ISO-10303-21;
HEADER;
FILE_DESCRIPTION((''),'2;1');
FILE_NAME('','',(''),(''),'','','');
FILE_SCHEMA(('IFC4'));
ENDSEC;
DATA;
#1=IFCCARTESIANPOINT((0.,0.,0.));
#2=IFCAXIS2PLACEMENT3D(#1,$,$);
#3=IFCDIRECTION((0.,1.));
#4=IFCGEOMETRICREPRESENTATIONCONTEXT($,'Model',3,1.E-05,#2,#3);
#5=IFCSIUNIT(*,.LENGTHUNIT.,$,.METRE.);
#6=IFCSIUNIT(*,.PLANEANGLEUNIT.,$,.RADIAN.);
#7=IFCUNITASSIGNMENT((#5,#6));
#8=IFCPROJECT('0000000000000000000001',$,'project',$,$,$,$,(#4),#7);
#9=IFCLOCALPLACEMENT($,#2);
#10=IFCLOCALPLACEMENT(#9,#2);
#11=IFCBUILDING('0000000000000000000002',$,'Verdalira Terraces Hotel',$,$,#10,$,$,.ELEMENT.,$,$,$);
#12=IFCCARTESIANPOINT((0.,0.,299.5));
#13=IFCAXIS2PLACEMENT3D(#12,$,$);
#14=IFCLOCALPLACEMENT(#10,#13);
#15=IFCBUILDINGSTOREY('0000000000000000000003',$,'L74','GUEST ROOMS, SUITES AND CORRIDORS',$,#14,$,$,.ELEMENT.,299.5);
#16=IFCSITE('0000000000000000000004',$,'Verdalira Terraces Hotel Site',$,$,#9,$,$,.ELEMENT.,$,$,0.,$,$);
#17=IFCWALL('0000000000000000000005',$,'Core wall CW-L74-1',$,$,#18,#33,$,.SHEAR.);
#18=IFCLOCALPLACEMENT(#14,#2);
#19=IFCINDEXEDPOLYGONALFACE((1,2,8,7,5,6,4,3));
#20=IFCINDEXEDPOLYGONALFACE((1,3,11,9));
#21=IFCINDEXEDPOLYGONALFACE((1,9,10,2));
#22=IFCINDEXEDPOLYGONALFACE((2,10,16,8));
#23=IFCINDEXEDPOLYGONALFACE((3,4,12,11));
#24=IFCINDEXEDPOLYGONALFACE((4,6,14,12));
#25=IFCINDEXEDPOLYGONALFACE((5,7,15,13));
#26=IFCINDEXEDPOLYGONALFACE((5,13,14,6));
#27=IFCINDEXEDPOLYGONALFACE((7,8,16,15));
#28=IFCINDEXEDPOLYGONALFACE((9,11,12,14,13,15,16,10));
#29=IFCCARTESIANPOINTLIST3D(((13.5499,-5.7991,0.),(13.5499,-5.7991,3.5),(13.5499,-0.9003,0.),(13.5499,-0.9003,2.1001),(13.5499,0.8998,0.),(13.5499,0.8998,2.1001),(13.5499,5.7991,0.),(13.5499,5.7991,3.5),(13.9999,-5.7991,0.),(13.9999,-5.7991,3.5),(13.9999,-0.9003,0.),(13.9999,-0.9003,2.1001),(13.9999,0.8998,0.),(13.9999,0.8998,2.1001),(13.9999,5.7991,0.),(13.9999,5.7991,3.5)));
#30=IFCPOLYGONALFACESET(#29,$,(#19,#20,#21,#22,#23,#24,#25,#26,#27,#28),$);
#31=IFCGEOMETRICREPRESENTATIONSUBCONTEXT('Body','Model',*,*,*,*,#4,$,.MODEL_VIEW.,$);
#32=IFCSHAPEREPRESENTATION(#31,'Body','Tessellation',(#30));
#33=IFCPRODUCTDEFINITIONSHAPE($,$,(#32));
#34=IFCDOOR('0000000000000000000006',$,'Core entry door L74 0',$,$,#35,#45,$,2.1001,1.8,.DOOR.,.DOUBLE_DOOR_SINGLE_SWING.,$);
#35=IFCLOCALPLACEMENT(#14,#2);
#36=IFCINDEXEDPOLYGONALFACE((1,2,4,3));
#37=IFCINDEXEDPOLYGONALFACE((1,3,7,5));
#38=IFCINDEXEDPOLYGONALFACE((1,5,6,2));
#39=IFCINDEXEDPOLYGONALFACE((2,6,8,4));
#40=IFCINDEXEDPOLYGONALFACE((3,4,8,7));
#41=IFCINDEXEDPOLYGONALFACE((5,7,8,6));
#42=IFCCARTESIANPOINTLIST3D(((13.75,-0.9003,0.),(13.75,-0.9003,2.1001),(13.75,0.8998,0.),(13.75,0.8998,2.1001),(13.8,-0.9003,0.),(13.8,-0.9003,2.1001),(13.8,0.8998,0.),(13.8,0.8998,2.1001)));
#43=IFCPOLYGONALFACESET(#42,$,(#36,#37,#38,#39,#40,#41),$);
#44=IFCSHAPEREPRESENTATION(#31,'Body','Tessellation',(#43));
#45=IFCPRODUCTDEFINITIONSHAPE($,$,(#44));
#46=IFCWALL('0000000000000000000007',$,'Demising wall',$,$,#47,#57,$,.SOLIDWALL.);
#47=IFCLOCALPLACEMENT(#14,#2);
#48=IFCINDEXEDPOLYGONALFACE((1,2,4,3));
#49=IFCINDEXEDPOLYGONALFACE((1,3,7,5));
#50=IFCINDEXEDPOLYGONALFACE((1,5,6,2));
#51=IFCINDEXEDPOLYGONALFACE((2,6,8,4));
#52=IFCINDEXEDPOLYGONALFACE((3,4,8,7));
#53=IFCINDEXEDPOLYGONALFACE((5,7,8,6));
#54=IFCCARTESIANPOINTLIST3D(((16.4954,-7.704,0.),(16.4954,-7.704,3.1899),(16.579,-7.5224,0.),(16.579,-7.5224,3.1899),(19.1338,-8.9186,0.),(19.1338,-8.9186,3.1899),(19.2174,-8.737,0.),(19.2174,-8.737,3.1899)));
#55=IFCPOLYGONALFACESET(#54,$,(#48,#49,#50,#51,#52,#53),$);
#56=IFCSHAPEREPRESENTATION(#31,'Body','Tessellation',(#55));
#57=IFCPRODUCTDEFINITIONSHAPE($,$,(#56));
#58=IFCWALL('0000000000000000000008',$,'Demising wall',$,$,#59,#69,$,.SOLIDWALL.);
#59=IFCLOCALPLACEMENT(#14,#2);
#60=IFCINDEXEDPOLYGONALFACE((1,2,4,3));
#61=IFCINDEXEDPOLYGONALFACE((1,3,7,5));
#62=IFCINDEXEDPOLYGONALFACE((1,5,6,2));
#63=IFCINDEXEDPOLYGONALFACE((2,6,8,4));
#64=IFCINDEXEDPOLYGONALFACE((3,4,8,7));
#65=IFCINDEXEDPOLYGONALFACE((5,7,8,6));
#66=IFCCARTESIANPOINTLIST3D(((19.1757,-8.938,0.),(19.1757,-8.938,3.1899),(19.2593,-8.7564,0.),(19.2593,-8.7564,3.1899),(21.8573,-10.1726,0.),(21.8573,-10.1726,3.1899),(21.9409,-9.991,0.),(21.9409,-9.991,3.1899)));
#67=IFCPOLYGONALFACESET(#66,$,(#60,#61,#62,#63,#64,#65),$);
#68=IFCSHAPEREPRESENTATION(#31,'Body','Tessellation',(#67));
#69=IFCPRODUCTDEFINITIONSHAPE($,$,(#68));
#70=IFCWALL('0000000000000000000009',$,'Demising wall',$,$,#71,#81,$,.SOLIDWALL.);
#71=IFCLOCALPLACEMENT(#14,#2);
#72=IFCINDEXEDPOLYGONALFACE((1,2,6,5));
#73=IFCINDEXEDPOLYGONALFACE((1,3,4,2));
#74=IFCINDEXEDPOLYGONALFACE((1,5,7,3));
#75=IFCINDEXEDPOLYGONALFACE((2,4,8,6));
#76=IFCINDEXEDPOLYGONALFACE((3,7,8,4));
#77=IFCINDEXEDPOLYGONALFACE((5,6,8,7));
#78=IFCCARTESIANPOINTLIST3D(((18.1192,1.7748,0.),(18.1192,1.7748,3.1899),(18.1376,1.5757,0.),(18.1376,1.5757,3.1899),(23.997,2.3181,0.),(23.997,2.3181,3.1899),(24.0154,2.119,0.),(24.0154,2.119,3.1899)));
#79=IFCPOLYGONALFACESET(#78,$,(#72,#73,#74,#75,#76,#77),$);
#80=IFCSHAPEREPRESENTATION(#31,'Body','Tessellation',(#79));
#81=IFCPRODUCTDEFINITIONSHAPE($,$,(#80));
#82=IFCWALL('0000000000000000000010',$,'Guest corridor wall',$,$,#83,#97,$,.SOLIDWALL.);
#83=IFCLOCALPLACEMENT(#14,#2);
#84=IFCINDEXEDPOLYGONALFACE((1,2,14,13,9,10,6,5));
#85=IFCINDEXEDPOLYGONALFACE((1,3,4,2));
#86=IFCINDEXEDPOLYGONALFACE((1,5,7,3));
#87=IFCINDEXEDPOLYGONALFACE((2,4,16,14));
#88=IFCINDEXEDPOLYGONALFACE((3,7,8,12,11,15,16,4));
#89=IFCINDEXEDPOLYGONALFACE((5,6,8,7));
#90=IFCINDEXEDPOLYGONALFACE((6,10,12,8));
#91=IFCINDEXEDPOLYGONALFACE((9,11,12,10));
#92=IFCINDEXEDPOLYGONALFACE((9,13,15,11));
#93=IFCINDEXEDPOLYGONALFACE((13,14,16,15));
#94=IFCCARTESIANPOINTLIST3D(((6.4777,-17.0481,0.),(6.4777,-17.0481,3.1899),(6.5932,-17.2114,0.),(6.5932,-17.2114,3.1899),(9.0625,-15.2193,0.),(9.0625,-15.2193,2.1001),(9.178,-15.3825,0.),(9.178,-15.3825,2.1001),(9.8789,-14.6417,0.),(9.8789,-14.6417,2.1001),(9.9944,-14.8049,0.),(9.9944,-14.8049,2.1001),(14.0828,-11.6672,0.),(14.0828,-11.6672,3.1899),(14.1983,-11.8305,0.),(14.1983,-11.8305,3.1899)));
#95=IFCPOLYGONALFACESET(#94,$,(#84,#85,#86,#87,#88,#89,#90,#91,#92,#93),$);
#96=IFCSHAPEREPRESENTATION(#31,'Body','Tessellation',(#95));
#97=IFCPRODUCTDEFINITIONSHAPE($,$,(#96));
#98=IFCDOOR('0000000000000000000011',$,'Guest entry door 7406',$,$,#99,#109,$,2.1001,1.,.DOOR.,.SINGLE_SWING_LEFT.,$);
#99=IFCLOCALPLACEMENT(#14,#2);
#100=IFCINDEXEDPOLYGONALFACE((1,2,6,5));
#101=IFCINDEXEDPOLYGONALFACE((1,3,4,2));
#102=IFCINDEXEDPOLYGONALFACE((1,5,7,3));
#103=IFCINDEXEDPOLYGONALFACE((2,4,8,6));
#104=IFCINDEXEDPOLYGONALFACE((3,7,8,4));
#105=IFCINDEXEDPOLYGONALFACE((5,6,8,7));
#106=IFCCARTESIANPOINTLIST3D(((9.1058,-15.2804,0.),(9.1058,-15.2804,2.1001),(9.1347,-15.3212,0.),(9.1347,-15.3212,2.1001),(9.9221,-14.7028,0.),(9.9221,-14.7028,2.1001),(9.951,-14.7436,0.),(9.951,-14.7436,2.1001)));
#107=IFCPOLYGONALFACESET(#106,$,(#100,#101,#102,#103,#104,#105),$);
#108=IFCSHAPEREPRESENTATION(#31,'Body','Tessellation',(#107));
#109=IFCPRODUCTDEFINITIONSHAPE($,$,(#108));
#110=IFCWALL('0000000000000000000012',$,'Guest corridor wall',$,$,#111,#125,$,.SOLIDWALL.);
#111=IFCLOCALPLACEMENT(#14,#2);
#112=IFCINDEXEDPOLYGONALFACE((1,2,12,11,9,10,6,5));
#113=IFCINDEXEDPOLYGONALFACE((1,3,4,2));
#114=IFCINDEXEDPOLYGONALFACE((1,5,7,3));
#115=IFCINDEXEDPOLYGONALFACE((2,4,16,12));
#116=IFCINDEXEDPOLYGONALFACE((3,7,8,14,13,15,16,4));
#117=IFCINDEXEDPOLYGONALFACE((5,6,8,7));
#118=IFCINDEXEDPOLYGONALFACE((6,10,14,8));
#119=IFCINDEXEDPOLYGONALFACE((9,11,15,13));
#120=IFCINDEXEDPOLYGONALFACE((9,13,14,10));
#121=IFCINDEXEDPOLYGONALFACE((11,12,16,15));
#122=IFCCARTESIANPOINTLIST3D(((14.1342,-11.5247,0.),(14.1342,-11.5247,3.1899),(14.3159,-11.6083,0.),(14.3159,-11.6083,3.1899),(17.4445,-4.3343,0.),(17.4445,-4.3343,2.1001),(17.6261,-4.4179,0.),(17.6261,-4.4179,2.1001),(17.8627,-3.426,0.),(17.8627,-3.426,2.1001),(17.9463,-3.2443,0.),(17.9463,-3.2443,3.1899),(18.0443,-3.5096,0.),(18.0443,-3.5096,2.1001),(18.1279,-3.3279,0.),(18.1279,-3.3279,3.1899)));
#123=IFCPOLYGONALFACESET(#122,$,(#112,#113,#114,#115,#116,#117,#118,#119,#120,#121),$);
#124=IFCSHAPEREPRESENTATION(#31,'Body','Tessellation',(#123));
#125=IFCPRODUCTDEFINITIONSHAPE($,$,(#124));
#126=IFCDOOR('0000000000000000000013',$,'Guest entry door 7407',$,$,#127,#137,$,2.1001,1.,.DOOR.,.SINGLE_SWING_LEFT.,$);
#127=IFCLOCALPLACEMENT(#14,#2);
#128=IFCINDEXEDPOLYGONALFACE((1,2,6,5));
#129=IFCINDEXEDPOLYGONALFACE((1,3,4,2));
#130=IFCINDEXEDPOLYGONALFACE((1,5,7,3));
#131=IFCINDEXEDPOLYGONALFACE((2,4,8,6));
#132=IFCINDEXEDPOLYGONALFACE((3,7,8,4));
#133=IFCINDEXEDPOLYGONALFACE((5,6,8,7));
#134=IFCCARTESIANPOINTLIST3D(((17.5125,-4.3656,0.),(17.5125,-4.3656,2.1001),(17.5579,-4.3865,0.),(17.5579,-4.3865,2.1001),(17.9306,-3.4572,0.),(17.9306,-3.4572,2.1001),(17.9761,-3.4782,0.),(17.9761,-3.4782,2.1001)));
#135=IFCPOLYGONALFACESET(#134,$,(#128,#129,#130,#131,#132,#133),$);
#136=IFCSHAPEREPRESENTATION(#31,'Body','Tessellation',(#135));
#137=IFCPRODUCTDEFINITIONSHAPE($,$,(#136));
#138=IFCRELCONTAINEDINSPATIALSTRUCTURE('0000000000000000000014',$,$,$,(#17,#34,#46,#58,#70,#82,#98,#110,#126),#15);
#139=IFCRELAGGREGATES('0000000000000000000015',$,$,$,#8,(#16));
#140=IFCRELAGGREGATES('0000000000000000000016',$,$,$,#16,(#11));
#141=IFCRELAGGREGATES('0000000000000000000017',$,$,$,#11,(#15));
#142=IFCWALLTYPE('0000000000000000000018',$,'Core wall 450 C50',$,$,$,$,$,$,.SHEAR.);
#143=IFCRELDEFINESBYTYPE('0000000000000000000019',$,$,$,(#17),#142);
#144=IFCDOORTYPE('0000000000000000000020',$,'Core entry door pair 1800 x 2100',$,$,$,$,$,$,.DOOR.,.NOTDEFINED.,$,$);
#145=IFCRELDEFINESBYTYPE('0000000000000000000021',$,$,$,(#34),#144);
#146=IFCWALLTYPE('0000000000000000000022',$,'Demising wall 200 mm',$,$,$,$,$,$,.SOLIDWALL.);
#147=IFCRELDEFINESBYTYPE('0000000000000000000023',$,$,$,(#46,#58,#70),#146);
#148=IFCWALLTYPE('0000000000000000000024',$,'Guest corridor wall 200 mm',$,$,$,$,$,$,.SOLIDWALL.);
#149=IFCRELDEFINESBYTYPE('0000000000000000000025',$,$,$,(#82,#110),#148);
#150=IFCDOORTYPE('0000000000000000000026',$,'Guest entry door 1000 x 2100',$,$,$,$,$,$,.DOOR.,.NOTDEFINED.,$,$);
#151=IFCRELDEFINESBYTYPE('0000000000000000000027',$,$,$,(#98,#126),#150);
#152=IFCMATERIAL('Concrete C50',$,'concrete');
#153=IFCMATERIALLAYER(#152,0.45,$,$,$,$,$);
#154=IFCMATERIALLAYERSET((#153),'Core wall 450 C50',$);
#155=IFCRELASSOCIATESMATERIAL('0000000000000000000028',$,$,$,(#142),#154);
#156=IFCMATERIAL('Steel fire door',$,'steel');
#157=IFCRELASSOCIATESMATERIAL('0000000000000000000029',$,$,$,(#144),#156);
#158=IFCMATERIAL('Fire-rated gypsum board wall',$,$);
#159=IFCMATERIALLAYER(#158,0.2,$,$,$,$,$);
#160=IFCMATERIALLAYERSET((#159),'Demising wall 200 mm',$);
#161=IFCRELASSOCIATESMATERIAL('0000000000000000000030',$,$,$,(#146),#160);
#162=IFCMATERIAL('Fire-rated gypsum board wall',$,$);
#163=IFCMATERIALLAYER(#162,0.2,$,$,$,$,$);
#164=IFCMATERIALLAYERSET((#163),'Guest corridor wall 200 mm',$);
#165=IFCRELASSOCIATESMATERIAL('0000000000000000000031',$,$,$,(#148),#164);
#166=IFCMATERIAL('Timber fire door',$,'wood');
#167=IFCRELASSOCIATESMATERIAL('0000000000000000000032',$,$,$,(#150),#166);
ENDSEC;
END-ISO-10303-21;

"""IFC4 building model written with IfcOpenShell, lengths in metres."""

from ifc_helpers import new_model, si_unit, direction, frame, frame_2d, origin, place, context, subcontext, project, spatial, rectangle, extrude, material, layer, layer_set, type_object, element, fill, save


model = new_model("IFC4")

# Units and contexts
model_context = context("Model", 3, precision=1e-05, world=origin(), true_north=direction((0.0, 1.0)))
body_context = subcontext(model_context, "Body", "Model", "MODEL_VIEW")
ifc_project = project(units=[si_unit("LENGTHUNIT", "METRE"), si_unit("PLANEANGLEUNIT", "RADIAN")], contexts=[model_context])

# Site, building, storey
site_placement = place(None, origin())
site = spatial("IfcSite", under=ifc_project, at=site_placement, Name="Verdalira Terraces Hotel Site", CompositionType="ELEMENT", RefElevation=0.0)
building_placement = place(site_placement, origin())
building = spatial("IfcBuilding", under=site, at=building_placement, Name="Verdalira Terraces Hotel", CompositionType="ELEMENT")
storey_placement = place(building_placement, frame((0.0, 0.0, 299.5)))
storey = spatial("IfcBuildingStorey", under=building, at=storey_placement, Name="L74", Description="GUEST ROOMS, SUITES AND CORRIDORS", CompositionType="ELEMENT", Elevation=299.5)

# Wall, opening, door
ifc_material_1 = material(Name="Concrete C50", Category="concrete")
ifc_layer_1 = layer(ifc_material_1, 0.45)
ifc_layer_set_1 = layer_set([ifc_layer_1], Name="Core wall 450 C50")
wall_type_1 = type_object("IfcWallType", Name="Core wall 450 C50", PredefinedType="SHEAR", material=ifc_layer_set_1)
wall_1_placement = place(storey_placement, frame((13.7749, -5.7991, 0.0), z_axis=(0.0, 0.0, 1.0), x_axis=(0.0, 1.0, 0.0)))
wall_1 = element("IfcWall", 1, at=wall_1_placement, inside=storey, type_object=wall_type_1, Name="Core wall CW-L74-1", PredefinedType="SHEAR", context=body_context, shape_type="SweptSolid", body=[
    extrude(rectangle(XDim=11.5981, YDim=0.45, at=frame_2d((5.7991, 0.0))), origin(), (0.0, 0.0, 1.0), 3.5),
])
opening_1_placement = place(wall_1_placement, frame((4.8989, 0.0, 0.0)))
opening_1 = element("IfcOpeningElement", 2, at=opening_1_placement, cuts=wall_1, PredefinedType="OPENING", context=body_context, shape_type="SweptSolid", body=[
    extrude(rectangle(XDim=1.8, YDim=2.1001, at=frame_2d((0.8999, 1.05))), frame((0.0, 0.2349, 0.0), z_axis=(0.0, -1.0, 0.0), x_axis=(1.0, 0.0, 0.0)), (0.0, 0.0, 1.0), 0.47),
])
ifc_material_2 = material(Name="Steel fire door", Category="steel")
door_type_1 = type_object("IfcDoorType", Name="Core entry door pair 1800 x 2100", OperationType="NOTDEFINED", PredefinedType="DOOR", material=ifc_material_2)
door_1_placement = place(opening_1_placement, origin())
door_1 = element("IfcDoor", 3, at=door_1_placement, inside=storey, type_object=door_type_1, Name="Core entry door L74 0", OperationType="DOUBLE_DOOR_SINGLE_SWING", OverallHeight=2.1001, OverallWidth=1.8, PredefinedType="DOOR", context=body_context, shape_type="SweptSolid", body=[
    extrude(rectangle(XDim=1.8, YDim=2.1001, at=frame_2d((0.8999, 1.05))), frame((0.0, 0.0249, 0.0), z_axis=(0.0, -1.0, 0.0), x_axis=(1.0, 0.0, 0.0)), (0.0, 0.0, 1.0), 0.05),
])
fill(opening_1, door_1)

# Walls
ifc_material_3 = material(Name="Fire-rated gypsum board wall")
ifc_layer_2 = layer(ifc_material_3, 0.2)
ifc_layer_set_2 = layer_set([ifc_layer_2], Name="Demising wall 200 mm")
wall_type_2 = type_object("IfcWallType", Name="Demising wall 200 mm", PredefinedType="SOLIDWALL", material=ifc_layer_set_2)
wall_2_placement = place(storey_placement, frame((16.5374, -7.6133, 0.0), z_axis=(0.0, 0.0, 1.0), x_axis=(0.90837, -0.418168, 0.0)))
element("IfcWall", 4, at=wall_2_placement, inside=storey, type_object=wall_type_2, Name="Demising wall", PredefinedType="SOLIDWALL", context=body_context, shape_type="SweptSolid", body=[
    extrude(rectangle(XDim=2.9045, YDim=0.2, at=frame_2d((1.4521, 0.0))), origin(), (0.0, 0.0, 1.0), 3.1899),
])
wall_3_placement = place(storey_placement, frame((19.2175, -8.8472, 0.0), z_axis=(0.0, 0.0, 1.0), x_axis=(0.908354, -0.418203, 0.0)))
element("IfcWall", 5, at=wall_3_placement, inside=storey, type_object=wall_type_2, Name="Demising wall", PredefinedType="SOLIDWALL", context=body_context, shape_type="SweptSolid", body=[
    extrude(rectangle(XDim=2.9521, YDim=0.2, at=frame_2d((1.4761, 0.0))), origin(), (0.0, 0.0, 1.0), 3.1899),
])
wall_4_placement = place(storey_placement, frame((18.1284, 1.6753, 0.0), z_axis=(0.0, 0.0, 1.0), x_axis=(0.995756, 0.092027, 0.0)))
element("IfcWall", 6, at=wall_4_placement, inside=storey, type_object=wall_type_2, Name="Demising wall", PredefinedType="SOLIDWALL", context=body_context, shape_type="SweptSolid", body=[
    extrude(rectangle(XDim=5.9028, YDim=0.2, at=frame_2d((2.9514, 0.0))), origin(), (0.0, 0.0, 1.0), 3.1899),
])

# Walls, openings, doors
ifc_material_4 = material(Name="Fire-rated gypsum board wall")
ifc_layer_3 = layer(ifc_material_4, 0.2)
ifc_layer_set_3 = layer_set([ifc_layer_3], Name="Guest corridor wall 200 mm")
wall_type_3 = type_object("IfcWallType", Name="Guest corridor wall 200 mm", PredefinedType="SOLIDWALL", material=ifc_layer_set_3)
wall_5_placement = place(storey_placement, frame((14.1406, -11.7488, 0.0), z_axis=(0.0, 0.0, 1.0), x_axis=(-0.816328, -0.577588, 0.0)))
wall_5 = element("IfcWall", 7, at=wall_5_placement, inside=storey, type_object=wall_type_3, Name="Guest corridor wall", PredefinedType="SOLIDWALL", context=body_context, shape_type="SweptSolid", body=[
    extrude(rectangle(XDim=9.3162, YDim=0.2, at=frame_2d((4.6582, 0.0))), origin(), (0.0, 0.0, 1.0), 3.1899),
])
opening_2_placement = place(wall_5_placement, frame((5.1499, 0.0, 0.0)))
opening_2 = element("IfcOpeningElement", 8, at=opening_2_placement, cuts=wall_5, PredefinedType="OPENING", context=body_context, shape_type="SweptSolid", body=[
    extrude(rectangle(XDim=1.0, YDim=2.1001, at=frame_2d((0.5, 1.05))), frame((0.0, 0.1099, 0.0), z_axis=(0.0, -1.0, 0.0), x_axis=(1.0, 0.0, 0.0)), (0.0, 0.0, 1.0), 0.22),
])
ifc_material_5 = material(Name="Timber fire door", Category="wood")
door_type_2 = type_object("IfcDoorType", Name="Guest entry door 1000 x 2100", OperationType="NOTDEFINED", PredefinedType="DOOR", material=ifc_material_5)
door_2_placement = place(opening_2_placement, origin())
door_2 = element("IfcDoor", 9, at=door_2_placement, inside=storey, type_object=door_type_2, Name="Guest entry door 7406", OperationType="SINGLE_SWING_LEFT", OverallHeight=2.1001, OverallWidth=1.0, PredefinedType="DOOR", context=body_context, shape_type="SweptSolid", body=[
    extrude(rectangle(XDim=1.0, YDim=2.1001, at=frame_2d((0.5, 1.05))), frame((0.0, 0.0249, 0.0), z_axis=(0.0, -1.0, 0.0), x_axis=(1.0, 0.0, 0.0)), (0.0, 0.0, 1.0), 0.05),
])
fill(opening_2, door_2)
wall_6_placement = place(storey_placement, frame((18.0371, -3.2861, 0.0), z_axis=(0.0, 0.0, 1.0), x_axis=(-0.418185, -0.908362, 0.0)))
wall_6 = element("IfcWall", 10, at=wall_6_placement, inside=storey, type_object=wall_type_3, Name="Guest corridor wall", PredefinedType="SOLIDWALL", context=body_context, shape_type="SweptSolid", body=[
    extrude(rectangle(XDim=9.1157, YDim=0.2, at=frame_2d((4.5579, 0.0))), origin(), (0.0, 0.0, 1.0), 3.1899),
])
opening_3_placement = place(wall_6_placement, frame((0.2, 0.0, 0.0)))
opening_3 = element("IfcOpeningElement", 11, at=opening_3_placement, cuts=wall_6, PredefinedType="OPENING", context=body_context, shape_type="SweptSolid", body=[
    extrude(rectangle(XDim=1.0, YDim=2.1001, at=frame_2d((0.5, 1.05))), frame((0.0, 0.1099, 0.0), z_axis=(0.0, -1.0, 0.0), x_axis=(1.0, 0.0, 0.0)), (0.0, 0.0, 1.0), 0.22),
])
door_3_placement = place(opening_3_placement, origin())
door_3 = element("IfcDoor", 12, at=door_3_placement, inside=storey, type_object=door_type_2, Name="Guest entry door 7407", OperationType="SINGLE_SWING_LEFT", OverallHeight=2.1001, OverallWidth=1.0, PredefinedType="DOOR", context=body_context, shape_type="SweptSolid", body=[
    extrude(rectangle(XDim=1.0, YDim=2.1001, at=frame_2d((0.5, 1.05))), frame((0.0, 0.0249, 0.0), z_axis=(0.0, -1.0, 0.0), x_axis=(1.0, 0.0, 0.0)), (0.0, 0.0, 1.0), 0.05),
])
fill(opening_3, door_3)

save(model, "model.ifc")
